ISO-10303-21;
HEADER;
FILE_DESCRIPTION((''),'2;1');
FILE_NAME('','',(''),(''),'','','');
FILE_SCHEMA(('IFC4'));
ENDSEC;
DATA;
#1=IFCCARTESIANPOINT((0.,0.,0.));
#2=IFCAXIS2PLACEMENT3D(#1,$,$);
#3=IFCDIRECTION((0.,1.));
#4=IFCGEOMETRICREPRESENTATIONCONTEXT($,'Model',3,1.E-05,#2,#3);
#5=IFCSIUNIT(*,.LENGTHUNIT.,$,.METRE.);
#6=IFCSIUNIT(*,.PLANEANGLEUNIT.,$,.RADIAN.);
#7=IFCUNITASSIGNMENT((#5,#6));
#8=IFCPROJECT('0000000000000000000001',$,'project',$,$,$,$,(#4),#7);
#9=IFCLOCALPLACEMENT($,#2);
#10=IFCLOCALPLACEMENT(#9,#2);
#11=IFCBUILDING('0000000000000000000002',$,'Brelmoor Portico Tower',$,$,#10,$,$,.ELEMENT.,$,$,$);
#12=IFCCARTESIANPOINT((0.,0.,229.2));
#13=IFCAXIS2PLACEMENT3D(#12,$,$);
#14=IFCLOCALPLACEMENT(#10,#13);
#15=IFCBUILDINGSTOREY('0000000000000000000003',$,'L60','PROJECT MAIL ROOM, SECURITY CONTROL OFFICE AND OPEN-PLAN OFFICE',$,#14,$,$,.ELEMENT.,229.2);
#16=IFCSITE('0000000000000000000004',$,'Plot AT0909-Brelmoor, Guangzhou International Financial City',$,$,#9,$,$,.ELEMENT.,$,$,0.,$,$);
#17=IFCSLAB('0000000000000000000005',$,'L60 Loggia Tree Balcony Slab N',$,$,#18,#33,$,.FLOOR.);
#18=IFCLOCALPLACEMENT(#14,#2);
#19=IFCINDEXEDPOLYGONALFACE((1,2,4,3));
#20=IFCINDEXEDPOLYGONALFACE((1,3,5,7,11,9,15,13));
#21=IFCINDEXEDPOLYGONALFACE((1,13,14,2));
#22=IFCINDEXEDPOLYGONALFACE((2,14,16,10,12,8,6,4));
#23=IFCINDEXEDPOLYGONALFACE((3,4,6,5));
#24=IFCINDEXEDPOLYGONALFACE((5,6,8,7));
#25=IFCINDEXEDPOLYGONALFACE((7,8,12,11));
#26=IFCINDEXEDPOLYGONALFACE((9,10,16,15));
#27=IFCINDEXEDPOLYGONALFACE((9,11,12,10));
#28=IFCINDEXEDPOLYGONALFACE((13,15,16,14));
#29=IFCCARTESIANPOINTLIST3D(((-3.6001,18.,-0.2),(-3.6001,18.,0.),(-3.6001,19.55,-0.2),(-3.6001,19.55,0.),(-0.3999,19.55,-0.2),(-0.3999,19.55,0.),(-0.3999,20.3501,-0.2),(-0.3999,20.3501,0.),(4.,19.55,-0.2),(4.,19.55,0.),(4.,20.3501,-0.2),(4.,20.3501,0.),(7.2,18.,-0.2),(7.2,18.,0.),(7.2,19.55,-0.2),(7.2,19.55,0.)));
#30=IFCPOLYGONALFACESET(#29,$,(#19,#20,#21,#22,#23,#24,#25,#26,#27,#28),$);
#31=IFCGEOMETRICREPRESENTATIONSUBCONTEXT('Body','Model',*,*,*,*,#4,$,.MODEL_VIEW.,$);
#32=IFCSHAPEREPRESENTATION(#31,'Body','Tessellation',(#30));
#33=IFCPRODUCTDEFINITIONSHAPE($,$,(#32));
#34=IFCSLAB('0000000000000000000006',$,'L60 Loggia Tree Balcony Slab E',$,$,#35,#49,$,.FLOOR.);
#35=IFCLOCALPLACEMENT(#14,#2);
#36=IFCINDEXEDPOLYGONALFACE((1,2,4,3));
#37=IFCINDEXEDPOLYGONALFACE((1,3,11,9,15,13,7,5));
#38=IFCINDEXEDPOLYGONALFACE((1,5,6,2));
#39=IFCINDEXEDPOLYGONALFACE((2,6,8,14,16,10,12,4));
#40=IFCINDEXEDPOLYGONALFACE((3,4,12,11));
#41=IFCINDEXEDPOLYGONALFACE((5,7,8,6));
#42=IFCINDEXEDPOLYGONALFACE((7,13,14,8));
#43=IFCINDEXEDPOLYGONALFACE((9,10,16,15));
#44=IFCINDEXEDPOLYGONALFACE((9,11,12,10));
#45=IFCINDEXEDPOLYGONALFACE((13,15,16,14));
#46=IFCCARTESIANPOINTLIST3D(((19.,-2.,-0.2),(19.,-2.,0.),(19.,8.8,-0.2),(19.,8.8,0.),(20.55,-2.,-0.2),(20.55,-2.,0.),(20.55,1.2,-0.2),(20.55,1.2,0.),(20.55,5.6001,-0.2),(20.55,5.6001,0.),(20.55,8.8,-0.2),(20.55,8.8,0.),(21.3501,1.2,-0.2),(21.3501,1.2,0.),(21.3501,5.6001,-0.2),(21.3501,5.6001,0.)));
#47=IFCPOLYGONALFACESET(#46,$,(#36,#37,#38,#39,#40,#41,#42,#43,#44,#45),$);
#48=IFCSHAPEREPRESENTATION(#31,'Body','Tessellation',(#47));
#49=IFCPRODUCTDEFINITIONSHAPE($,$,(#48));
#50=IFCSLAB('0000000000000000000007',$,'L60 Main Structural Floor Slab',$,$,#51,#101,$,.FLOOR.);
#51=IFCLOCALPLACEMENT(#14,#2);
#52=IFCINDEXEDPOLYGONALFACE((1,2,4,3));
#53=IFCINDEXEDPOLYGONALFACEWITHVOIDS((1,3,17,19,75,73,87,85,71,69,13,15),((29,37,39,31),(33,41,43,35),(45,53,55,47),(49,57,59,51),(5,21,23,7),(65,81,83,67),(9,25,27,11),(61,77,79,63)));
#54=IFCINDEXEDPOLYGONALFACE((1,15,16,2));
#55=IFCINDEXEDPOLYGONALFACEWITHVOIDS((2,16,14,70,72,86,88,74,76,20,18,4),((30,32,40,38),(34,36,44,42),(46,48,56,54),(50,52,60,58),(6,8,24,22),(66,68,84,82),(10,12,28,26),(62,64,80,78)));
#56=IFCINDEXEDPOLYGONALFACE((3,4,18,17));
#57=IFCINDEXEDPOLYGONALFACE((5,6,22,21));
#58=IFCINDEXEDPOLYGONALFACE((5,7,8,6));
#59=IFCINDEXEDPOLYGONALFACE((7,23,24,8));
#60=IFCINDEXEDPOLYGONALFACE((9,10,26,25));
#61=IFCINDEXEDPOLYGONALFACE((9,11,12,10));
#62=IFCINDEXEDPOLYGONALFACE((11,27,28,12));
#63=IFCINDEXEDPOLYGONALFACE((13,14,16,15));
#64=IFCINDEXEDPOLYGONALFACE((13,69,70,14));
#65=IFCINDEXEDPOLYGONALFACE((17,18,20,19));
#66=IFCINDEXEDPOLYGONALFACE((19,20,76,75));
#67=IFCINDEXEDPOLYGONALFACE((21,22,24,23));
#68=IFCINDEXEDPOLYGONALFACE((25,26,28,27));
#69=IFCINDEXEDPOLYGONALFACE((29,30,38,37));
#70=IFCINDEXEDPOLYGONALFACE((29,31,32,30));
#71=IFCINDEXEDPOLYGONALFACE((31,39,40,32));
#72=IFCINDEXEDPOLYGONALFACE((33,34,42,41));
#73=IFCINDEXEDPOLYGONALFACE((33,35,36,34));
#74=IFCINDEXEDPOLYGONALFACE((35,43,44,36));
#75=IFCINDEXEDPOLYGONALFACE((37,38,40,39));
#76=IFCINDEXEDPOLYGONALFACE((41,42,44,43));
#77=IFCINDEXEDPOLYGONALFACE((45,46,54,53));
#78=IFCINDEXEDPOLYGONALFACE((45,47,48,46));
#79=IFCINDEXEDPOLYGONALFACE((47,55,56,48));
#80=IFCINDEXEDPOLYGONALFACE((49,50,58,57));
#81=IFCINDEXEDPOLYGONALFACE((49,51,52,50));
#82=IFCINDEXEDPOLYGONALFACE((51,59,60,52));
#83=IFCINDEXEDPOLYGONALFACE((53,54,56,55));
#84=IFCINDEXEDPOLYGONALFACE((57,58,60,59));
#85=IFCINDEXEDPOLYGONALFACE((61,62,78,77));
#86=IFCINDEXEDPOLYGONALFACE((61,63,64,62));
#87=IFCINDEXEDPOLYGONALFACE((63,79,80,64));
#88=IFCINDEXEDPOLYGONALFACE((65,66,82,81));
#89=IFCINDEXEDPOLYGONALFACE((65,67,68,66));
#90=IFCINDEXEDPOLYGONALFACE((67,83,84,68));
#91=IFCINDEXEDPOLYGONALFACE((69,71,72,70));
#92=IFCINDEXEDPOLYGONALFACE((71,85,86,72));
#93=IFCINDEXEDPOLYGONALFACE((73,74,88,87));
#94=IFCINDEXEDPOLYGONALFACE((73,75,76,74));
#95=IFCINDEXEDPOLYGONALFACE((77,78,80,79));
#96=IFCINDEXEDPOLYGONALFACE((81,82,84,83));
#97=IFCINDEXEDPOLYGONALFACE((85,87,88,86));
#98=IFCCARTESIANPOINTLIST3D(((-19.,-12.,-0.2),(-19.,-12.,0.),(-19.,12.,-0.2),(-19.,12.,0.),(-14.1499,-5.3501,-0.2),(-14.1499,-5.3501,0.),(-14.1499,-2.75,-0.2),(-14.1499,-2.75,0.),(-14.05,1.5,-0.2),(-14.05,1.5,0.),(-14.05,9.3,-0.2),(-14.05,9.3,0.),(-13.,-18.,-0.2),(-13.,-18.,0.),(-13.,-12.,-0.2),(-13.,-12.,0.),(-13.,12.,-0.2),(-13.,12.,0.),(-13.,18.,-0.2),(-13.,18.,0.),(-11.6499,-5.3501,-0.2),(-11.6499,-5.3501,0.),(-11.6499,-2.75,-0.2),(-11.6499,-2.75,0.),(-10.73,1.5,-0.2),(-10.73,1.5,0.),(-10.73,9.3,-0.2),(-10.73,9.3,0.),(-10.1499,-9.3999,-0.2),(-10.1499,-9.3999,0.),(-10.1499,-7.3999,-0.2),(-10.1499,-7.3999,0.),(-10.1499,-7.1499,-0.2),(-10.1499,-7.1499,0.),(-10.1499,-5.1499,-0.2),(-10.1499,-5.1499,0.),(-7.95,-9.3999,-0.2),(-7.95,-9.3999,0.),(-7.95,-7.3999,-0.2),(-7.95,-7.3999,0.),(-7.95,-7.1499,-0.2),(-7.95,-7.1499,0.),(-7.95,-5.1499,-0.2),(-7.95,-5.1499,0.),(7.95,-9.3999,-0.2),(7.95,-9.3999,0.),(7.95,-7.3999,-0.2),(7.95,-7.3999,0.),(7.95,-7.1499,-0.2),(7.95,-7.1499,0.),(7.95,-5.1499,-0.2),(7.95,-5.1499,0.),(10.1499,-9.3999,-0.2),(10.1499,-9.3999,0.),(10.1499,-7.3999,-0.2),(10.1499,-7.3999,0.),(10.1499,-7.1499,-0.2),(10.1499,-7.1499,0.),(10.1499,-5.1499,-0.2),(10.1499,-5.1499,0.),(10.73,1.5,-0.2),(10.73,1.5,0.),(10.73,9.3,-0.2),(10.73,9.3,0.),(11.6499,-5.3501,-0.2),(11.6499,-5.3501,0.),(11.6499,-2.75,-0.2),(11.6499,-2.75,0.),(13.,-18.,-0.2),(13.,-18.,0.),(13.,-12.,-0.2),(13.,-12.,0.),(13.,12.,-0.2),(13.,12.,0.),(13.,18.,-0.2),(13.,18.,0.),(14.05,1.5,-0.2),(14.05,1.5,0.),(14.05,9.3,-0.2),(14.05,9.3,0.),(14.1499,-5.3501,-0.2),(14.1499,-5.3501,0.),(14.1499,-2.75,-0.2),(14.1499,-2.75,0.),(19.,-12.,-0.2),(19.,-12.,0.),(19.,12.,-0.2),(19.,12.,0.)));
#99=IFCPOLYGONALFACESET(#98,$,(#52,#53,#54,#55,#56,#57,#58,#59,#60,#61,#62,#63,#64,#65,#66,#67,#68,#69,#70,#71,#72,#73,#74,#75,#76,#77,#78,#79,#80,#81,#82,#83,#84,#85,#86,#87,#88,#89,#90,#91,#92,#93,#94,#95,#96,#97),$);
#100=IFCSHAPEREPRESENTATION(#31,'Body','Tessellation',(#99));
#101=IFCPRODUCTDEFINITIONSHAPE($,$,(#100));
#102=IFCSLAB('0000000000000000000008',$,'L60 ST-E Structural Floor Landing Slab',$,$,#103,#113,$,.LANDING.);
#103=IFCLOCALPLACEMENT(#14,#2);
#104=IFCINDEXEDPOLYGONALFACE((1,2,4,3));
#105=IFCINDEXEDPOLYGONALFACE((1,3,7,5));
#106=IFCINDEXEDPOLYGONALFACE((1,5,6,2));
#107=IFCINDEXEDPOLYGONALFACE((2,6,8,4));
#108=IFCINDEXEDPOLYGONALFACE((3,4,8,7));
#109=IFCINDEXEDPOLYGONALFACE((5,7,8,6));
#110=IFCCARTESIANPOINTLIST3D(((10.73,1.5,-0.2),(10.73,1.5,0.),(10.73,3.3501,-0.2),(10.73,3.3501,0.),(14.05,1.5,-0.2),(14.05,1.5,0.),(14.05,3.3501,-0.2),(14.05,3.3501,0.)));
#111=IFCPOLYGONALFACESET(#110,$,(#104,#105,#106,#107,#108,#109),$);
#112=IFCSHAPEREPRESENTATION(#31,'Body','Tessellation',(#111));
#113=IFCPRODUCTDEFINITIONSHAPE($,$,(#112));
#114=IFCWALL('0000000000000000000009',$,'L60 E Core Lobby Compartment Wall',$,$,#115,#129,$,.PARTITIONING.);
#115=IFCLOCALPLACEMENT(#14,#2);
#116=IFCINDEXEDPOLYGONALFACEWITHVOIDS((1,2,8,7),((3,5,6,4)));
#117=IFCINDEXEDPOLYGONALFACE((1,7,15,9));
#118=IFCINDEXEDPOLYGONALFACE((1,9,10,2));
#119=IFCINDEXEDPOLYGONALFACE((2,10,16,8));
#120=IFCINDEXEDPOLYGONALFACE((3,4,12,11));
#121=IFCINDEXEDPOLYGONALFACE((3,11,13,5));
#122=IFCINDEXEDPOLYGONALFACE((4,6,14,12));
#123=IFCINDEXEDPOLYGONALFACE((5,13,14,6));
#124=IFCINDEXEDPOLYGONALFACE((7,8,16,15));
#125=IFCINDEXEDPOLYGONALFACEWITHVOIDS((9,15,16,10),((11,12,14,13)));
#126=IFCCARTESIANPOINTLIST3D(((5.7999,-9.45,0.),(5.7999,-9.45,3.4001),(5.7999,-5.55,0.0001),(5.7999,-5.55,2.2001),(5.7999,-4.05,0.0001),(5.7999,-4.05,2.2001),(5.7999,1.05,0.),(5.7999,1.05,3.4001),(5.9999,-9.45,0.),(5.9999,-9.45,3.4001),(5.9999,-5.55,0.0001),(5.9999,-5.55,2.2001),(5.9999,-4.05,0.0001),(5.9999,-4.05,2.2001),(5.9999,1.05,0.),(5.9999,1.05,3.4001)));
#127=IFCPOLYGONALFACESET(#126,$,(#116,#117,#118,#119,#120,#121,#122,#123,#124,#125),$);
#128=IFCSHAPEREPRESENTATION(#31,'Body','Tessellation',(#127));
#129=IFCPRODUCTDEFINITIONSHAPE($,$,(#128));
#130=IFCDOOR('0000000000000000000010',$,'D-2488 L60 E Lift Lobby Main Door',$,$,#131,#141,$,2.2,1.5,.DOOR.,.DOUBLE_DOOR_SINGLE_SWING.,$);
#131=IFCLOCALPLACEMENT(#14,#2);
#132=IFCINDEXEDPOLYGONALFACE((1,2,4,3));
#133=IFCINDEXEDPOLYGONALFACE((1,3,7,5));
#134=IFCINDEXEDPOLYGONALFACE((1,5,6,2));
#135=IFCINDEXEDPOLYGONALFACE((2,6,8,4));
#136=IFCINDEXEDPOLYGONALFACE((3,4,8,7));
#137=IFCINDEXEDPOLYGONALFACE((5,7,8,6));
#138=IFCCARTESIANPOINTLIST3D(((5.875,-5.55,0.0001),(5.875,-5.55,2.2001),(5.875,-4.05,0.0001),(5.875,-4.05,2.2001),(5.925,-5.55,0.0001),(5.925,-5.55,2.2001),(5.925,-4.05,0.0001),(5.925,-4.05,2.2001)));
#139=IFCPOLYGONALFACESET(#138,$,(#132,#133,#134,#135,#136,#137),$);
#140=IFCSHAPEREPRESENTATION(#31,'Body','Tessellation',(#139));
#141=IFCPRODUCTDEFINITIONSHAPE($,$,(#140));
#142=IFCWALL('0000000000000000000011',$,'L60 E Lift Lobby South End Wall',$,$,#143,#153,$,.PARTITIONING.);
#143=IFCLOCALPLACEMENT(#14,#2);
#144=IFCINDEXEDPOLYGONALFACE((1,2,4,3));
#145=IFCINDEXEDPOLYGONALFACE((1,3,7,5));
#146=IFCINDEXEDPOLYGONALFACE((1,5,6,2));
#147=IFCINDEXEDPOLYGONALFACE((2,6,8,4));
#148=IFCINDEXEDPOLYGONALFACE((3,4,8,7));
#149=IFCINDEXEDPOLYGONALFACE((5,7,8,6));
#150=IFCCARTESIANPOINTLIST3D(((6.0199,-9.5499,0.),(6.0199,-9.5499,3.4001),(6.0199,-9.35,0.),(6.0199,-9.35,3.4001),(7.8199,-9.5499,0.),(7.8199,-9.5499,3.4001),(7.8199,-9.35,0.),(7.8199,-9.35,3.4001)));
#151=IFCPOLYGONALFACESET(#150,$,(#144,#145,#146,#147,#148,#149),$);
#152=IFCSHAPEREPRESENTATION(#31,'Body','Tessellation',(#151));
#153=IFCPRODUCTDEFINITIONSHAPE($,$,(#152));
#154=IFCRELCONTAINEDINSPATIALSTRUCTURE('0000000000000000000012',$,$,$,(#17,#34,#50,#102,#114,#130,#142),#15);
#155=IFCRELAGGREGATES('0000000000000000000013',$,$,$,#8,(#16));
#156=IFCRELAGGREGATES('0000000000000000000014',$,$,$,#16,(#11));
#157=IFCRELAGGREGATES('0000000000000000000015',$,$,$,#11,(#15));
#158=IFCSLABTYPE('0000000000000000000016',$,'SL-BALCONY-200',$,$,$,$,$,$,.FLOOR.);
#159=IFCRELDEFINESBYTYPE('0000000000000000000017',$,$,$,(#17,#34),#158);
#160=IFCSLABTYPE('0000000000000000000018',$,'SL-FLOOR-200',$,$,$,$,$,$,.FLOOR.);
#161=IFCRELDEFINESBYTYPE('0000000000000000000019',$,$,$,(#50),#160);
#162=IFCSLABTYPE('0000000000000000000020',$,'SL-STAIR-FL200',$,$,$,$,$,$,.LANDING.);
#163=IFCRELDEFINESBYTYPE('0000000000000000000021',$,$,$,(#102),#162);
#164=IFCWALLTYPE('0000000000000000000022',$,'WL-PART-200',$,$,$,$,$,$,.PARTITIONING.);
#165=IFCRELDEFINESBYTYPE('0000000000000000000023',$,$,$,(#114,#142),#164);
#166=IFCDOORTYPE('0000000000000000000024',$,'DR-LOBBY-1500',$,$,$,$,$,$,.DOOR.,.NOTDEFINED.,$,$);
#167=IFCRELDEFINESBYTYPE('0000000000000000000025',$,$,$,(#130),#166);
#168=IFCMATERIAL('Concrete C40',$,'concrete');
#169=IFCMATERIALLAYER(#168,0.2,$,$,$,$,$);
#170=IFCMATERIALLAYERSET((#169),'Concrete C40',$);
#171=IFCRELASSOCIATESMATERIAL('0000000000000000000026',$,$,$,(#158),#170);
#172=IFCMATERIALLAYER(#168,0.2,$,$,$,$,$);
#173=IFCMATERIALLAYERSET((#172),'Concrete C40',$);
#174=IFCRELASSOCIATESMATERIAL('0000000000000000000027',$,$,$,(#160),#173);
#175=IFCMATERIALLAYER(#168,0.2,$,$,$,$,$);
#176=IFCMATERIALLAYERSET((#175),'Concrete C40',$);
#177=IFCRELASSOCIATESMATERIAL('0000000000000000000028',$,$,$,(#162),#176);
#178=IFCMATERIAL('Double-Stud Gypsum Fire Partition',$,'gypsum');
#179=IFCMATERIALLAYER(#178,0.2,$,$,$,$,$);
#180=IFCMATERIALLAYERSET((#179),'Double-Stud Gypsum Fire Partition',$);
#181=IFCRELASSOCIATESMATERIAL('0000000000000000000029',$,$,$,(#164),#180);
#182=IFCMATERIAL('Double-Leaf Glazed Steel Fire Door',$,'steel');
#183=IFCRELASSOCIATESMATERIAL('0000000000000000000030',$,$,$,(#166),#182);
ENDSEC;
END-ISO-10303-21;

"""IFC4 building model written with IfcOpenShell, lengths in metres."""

from ifc_helpers import new_model, si_unit, direction, frame, frame_2d, origin, place, context, subcontext, project, spatial, polyline, rectangle, outline, extrude, material, layer, layer_set, type_object, element, fill, save


model = new_model("IFC4")

# Units and contexts
model_context = context("Model", 3, precision=1e-05, world=origin(), true_north=direction((0.0, 1.0)))
body_context = subcontext(model_context, "Body", "Model", "MODEL_VIEW")
ifc_project = project(units=[si_unit("LENGTHUNIT", "METRE"), si_unit("PLANEANGLEUNIT", "RADIAN")], contexts=[model_context])

# Site, building, storey
site_placement = place(None, origin())
site = spatial("IfcSite", under=ifc_project, at=site_placement, Name="Plot AT0909-Brelmoor, Guangzhou International Financial City", CompositionType="ELEMENT", RefElevation=0.0)
building_placement = place(site_placement, origin())
building = spatial("IfcBuilding", under=site, at=building_placement, Name="Brelmoor Portico Tower", CompositionType="ELEMENT")
storey_placement = place(building_placement, frame((0.0, 0.0, 229.2)))
storey = spatial("IfcBuildingStorey", under=building, at=storey_placement, Name="L60", Description="PROJECT MAIL ROOM, SECURITY CONTROL OFFICE AND OPEN-PLAN OFFICE", CompositionType="ELEMENT", Elevation=229.2)

# Slabs
ifc_material_1 = material(Name="Concrete C40", Category="concrete")
ifc_layer_1 = layer(ifc_material_1, 0.2)
ifc_layer_set_1 = layer_set([ifc_layer_1], Name="Concrete C40")
slab_type_1 = type_object("IfcSlabType", Name="SL-BALCONY-200", PredefinedType="FLOOR", material=ifc_layer_set_1)
slab_1_placement = place(storey_placement, frame((0.0, 0.0, -0.2)))
element("IfcSlab", 1, at=slab_1_placement, inside=storey, type_object=slab_type_1, Name="L60 Loggia Tree Balcony Slab N", PredefinedType="FLOOR", context=body_context, shape_type="SweptSolid", body=[
    extrude(outline(polyline([(-3.6001, 18.0), (7.2, 18.0), (7.2, 19.55), (4.0, 19.55), (4.0, 20.3501), (-0.3999, 20.3501), (-0.3999, 19.55), (-3.6001, 19.55), (-3.6001, 18.0)])), origin(), (0.0, 0.0, 1.0), 0.2),
])
slab_2_placement = place(storey_placement, frame((0.0, 0.0, -0.2)))
element("IfcSlab", 2, at=slab_2_placement, inside=storey, type_object=slab_type_1, Name="L60 Loggia Tree Balcony Slab E", PredefinedType="FLOOR", context=body_context, shape_type="SweptSolid", body=[
    extrude(outline(polyline([(19.0, -2.0), (20.55, -2.0), (20.55, 1.2), (21.3501, 1.2), (21.3501, 5.6001), (20.55, 5.6001), (20.55, 8.8), (19.0, 8.8), (19.0, -2.0)])), origin(), (0.0, 0.0, 1.0), 0.2),
])
ifc_layer_2 = layer(ifc_material_1, 0.2)
ifc_layer_set_2 = layer_set([ifc_layer_2], Name="Concrete C40")
slab_type_2 = type_object("IfcSlabType", Name="SL-FLOOR-200", PredefinedType="FLOOR", material=ifc_layer_set_2)
slab_3_placement = place(storey_placement, frame((0.0, 0.0, -0.2)))
element("IfcSlab", 3, at=slab_3_placement, inside=storey, type_object=slab_type_2, Name="L60 Main Structural Floor Slab", PredefinedType="FLOOR", context=body_context, shape_type="SweptSolid", body=[
    extrude(outline(polyline([(-13.0, -18.0), (13.0, -18.0), (13.0, -12.0), (19.0, -12.0), (19.0, 12.0), (13.0, 12.0), (13.0, 18.0), (-13.0, 18.0), (-13.0, 12.0), (-19.0, 12.0), (-19.0, -12.0), (-13.0, -12.0), (-13.0, -18.0)]), holes=[polyline([(-10.73, 1.5), (-10.73, 9.3), (-14.05, 9.3), (-14.05, 1.5), (-10.73, 1.5)]), polyline([(14.05, 1.5), (14.05, 9.3), (10.73, 9.3), (10.73, 1.5), (14.05, 1.5)]), polyline([(-10.1499, -9.3999), (-7.95, -9.3999), (-7.95, -7.3999), (-10.1499, -7.3999), (-10.1499, -9.3999)]), polyline([(-10.1499, -7.1499), (-7.95, -7.1499), (-7.95, -5.1499), (-10.1499, -5.1499), (-10.1499, -7.1499)]), polyline([(7.95, -9.3999), (10.1499, -9.3999), (10.1499, -7.3999), (7.95, -7.3999), (7.95, -9.3999)]), polyline([(7.95, -7.1499), (10.1499, -7.1499), (10.1499, -5.1499), (7.95, -5.1499), (7.95, -7.1499)]), polyline([(-14.1499, -5.3501), (-11.6499, -5.3501), (-11.6499, -2.75), (-14.1499, -2.75), (-14.1499, -5.3501)]), polyline([(11.6499, -5.3501), (14.1499, -5.3501), (14.1499, -2.75), (11.6499, -2.75), (11.6499, -5.3501)])]), origin(), (0.0, 0.0, 1.0), 0.2),
])
ifc_layer_3 = layer(ifc_material_1, 0.2)
ifc_layer_set_3 = layer_set([ifc_layer_3], Name="Concrete C40")
slab_type_3 = type_object("IfcSlabType", Name="SL-STAIR-FL200", PredefinedType="LANDING", material=ifc_layer_set_3)
slab_4_placement = place(storey_placement, frame((0.0, 0.0, -0.2)))
element("IfcSlab", 4, at=slab_4_placement, inside=storey, type_object=slab_type_3, Name="L60 ST-E Structural Floor Landing Slab", PredefinedType="LANDING", context=body_context, shape_type="SweptSolid", body=[
    extrude(outline(polyline([(14.05, 1.5), (14.05, 3.3501), (10.73, 3.3501), (10.73, 1.5), (14.05, 1.5)])), origin(), (0.0, 0.0, 1.0), 0.2),
])

# Wall, opening, door
ifc_material_2 = material(Name="Double-Stud Gypsum Fire Partition", Category="gypsum")
ifc_layer_4 = layer(ifc_material_2, 0.2)
ifc_layer_set_4 = layer_set([ifc_layer_4], Name="Double-Stud Gypsum Fire Partition")
wall_type_1 = type_object("IfcWallType", Name="WL-PART-200", PredefinedType="PARTITIONING", material=ifc_layer_set_4)
wall_1_placement = place(storey_placement, frame((5.8999, -9.45, 0.0), z_axis=(0.0, 0.0, 1.0), x_axis=(0.0, 1.0, 0.0)))
wall_1 = element("IfcWall", 5, at=wall_1_placement, inside=storey, type_object=wall_type_1, Name="L60 E Core Lobby Compartment Wall", PredefinedType="PARTITIONING", context=body_context, shape_type="SweptSolid", body=[
    extrude(rectangle(XDim=10.5, YDim=0.2, at=frame_2d((5.25, 0.0))), origin(), (0.0, 0.0, 1.0), 3.4001),
])
opening_1_placement = place(wall_1_placement, frame((3.8999, 0.0, 0.0)))
opening_1 = element("IfcOpeningElement", 6, at=opening_1_placement, cuts=wall_1, PredefinedType="OPENING", context=body_context, shape_type="SweptSolid", body=[
    extrude(rectangle(XDim=1.5, YDim=2.2, at=frame_2d((0.75, 1.1001))), frame((0.0, 0.1099, 0.0), z_axis=(0.0, -1.0, 0.0), x_axis=(1.0, 0.0, 0.0)), (0.0, 0.0, 1.0), 0.22),
])
ifc_material_3 = material(Name="Double-Leaf Glazed Steel Fire Door", Category="steel")
door_type_1 = type_object("IfcDoorType", Name="DR-LOBBY-1500", OperationType="NOTDEFINED", PredefinedType="DOOR", material=ifc_material_3)
door_1_placement = place(opening_1_placement, origin())
door_1 = element("IfcDoor", 7, at=door_1_placement, inside=storey, type_object=door_type_1, Name="D-2488 L60 E Lift Lobby Main Door", OperationType="DOUBLE_DOOR_SINGLE_SWING", OverallHeight=2.2, OverallWidth=1.5, PredefinedType="DOOR", context=body_context, shape_type="SweptSolid", body=[
    extrude(rectangle(XDim=1.5, YDim=2.2, at=frame_2d((0.75, 1.1001))), frame((0.0, 0.0249, 0.0), z_axis=(0.0, -1.0, 0.0), x_axis=(1.0, 0.0, 0.0)), (0.0, 0.0, 1.0), 0.05),
])
fill(opening_1, door_1)

# Wall
wall_2_placement = place(storey_placement, frame((6.02, -9.45, 0.0), z_axis=(0.0, 0.0, 1.0), x_axis=(1.0, 0.0, 0.0)))
element("IfcWall", 8, at=wall_2_placement, inside=storey, type_object=wall_type_1, Name="L60 E Lift Lobby South End Wall", PredefinedType="PARTITIONING", context=body_context, shape_type="SweptSolid", body=[
    extrude(rectangle(XDim=1.8, YDim=0.2, at=frame_2d((0.8999, 0.0))), origin(), (0.0, 0.0, 1.0), 3.4001),
])

save(model, "model.ifc")
